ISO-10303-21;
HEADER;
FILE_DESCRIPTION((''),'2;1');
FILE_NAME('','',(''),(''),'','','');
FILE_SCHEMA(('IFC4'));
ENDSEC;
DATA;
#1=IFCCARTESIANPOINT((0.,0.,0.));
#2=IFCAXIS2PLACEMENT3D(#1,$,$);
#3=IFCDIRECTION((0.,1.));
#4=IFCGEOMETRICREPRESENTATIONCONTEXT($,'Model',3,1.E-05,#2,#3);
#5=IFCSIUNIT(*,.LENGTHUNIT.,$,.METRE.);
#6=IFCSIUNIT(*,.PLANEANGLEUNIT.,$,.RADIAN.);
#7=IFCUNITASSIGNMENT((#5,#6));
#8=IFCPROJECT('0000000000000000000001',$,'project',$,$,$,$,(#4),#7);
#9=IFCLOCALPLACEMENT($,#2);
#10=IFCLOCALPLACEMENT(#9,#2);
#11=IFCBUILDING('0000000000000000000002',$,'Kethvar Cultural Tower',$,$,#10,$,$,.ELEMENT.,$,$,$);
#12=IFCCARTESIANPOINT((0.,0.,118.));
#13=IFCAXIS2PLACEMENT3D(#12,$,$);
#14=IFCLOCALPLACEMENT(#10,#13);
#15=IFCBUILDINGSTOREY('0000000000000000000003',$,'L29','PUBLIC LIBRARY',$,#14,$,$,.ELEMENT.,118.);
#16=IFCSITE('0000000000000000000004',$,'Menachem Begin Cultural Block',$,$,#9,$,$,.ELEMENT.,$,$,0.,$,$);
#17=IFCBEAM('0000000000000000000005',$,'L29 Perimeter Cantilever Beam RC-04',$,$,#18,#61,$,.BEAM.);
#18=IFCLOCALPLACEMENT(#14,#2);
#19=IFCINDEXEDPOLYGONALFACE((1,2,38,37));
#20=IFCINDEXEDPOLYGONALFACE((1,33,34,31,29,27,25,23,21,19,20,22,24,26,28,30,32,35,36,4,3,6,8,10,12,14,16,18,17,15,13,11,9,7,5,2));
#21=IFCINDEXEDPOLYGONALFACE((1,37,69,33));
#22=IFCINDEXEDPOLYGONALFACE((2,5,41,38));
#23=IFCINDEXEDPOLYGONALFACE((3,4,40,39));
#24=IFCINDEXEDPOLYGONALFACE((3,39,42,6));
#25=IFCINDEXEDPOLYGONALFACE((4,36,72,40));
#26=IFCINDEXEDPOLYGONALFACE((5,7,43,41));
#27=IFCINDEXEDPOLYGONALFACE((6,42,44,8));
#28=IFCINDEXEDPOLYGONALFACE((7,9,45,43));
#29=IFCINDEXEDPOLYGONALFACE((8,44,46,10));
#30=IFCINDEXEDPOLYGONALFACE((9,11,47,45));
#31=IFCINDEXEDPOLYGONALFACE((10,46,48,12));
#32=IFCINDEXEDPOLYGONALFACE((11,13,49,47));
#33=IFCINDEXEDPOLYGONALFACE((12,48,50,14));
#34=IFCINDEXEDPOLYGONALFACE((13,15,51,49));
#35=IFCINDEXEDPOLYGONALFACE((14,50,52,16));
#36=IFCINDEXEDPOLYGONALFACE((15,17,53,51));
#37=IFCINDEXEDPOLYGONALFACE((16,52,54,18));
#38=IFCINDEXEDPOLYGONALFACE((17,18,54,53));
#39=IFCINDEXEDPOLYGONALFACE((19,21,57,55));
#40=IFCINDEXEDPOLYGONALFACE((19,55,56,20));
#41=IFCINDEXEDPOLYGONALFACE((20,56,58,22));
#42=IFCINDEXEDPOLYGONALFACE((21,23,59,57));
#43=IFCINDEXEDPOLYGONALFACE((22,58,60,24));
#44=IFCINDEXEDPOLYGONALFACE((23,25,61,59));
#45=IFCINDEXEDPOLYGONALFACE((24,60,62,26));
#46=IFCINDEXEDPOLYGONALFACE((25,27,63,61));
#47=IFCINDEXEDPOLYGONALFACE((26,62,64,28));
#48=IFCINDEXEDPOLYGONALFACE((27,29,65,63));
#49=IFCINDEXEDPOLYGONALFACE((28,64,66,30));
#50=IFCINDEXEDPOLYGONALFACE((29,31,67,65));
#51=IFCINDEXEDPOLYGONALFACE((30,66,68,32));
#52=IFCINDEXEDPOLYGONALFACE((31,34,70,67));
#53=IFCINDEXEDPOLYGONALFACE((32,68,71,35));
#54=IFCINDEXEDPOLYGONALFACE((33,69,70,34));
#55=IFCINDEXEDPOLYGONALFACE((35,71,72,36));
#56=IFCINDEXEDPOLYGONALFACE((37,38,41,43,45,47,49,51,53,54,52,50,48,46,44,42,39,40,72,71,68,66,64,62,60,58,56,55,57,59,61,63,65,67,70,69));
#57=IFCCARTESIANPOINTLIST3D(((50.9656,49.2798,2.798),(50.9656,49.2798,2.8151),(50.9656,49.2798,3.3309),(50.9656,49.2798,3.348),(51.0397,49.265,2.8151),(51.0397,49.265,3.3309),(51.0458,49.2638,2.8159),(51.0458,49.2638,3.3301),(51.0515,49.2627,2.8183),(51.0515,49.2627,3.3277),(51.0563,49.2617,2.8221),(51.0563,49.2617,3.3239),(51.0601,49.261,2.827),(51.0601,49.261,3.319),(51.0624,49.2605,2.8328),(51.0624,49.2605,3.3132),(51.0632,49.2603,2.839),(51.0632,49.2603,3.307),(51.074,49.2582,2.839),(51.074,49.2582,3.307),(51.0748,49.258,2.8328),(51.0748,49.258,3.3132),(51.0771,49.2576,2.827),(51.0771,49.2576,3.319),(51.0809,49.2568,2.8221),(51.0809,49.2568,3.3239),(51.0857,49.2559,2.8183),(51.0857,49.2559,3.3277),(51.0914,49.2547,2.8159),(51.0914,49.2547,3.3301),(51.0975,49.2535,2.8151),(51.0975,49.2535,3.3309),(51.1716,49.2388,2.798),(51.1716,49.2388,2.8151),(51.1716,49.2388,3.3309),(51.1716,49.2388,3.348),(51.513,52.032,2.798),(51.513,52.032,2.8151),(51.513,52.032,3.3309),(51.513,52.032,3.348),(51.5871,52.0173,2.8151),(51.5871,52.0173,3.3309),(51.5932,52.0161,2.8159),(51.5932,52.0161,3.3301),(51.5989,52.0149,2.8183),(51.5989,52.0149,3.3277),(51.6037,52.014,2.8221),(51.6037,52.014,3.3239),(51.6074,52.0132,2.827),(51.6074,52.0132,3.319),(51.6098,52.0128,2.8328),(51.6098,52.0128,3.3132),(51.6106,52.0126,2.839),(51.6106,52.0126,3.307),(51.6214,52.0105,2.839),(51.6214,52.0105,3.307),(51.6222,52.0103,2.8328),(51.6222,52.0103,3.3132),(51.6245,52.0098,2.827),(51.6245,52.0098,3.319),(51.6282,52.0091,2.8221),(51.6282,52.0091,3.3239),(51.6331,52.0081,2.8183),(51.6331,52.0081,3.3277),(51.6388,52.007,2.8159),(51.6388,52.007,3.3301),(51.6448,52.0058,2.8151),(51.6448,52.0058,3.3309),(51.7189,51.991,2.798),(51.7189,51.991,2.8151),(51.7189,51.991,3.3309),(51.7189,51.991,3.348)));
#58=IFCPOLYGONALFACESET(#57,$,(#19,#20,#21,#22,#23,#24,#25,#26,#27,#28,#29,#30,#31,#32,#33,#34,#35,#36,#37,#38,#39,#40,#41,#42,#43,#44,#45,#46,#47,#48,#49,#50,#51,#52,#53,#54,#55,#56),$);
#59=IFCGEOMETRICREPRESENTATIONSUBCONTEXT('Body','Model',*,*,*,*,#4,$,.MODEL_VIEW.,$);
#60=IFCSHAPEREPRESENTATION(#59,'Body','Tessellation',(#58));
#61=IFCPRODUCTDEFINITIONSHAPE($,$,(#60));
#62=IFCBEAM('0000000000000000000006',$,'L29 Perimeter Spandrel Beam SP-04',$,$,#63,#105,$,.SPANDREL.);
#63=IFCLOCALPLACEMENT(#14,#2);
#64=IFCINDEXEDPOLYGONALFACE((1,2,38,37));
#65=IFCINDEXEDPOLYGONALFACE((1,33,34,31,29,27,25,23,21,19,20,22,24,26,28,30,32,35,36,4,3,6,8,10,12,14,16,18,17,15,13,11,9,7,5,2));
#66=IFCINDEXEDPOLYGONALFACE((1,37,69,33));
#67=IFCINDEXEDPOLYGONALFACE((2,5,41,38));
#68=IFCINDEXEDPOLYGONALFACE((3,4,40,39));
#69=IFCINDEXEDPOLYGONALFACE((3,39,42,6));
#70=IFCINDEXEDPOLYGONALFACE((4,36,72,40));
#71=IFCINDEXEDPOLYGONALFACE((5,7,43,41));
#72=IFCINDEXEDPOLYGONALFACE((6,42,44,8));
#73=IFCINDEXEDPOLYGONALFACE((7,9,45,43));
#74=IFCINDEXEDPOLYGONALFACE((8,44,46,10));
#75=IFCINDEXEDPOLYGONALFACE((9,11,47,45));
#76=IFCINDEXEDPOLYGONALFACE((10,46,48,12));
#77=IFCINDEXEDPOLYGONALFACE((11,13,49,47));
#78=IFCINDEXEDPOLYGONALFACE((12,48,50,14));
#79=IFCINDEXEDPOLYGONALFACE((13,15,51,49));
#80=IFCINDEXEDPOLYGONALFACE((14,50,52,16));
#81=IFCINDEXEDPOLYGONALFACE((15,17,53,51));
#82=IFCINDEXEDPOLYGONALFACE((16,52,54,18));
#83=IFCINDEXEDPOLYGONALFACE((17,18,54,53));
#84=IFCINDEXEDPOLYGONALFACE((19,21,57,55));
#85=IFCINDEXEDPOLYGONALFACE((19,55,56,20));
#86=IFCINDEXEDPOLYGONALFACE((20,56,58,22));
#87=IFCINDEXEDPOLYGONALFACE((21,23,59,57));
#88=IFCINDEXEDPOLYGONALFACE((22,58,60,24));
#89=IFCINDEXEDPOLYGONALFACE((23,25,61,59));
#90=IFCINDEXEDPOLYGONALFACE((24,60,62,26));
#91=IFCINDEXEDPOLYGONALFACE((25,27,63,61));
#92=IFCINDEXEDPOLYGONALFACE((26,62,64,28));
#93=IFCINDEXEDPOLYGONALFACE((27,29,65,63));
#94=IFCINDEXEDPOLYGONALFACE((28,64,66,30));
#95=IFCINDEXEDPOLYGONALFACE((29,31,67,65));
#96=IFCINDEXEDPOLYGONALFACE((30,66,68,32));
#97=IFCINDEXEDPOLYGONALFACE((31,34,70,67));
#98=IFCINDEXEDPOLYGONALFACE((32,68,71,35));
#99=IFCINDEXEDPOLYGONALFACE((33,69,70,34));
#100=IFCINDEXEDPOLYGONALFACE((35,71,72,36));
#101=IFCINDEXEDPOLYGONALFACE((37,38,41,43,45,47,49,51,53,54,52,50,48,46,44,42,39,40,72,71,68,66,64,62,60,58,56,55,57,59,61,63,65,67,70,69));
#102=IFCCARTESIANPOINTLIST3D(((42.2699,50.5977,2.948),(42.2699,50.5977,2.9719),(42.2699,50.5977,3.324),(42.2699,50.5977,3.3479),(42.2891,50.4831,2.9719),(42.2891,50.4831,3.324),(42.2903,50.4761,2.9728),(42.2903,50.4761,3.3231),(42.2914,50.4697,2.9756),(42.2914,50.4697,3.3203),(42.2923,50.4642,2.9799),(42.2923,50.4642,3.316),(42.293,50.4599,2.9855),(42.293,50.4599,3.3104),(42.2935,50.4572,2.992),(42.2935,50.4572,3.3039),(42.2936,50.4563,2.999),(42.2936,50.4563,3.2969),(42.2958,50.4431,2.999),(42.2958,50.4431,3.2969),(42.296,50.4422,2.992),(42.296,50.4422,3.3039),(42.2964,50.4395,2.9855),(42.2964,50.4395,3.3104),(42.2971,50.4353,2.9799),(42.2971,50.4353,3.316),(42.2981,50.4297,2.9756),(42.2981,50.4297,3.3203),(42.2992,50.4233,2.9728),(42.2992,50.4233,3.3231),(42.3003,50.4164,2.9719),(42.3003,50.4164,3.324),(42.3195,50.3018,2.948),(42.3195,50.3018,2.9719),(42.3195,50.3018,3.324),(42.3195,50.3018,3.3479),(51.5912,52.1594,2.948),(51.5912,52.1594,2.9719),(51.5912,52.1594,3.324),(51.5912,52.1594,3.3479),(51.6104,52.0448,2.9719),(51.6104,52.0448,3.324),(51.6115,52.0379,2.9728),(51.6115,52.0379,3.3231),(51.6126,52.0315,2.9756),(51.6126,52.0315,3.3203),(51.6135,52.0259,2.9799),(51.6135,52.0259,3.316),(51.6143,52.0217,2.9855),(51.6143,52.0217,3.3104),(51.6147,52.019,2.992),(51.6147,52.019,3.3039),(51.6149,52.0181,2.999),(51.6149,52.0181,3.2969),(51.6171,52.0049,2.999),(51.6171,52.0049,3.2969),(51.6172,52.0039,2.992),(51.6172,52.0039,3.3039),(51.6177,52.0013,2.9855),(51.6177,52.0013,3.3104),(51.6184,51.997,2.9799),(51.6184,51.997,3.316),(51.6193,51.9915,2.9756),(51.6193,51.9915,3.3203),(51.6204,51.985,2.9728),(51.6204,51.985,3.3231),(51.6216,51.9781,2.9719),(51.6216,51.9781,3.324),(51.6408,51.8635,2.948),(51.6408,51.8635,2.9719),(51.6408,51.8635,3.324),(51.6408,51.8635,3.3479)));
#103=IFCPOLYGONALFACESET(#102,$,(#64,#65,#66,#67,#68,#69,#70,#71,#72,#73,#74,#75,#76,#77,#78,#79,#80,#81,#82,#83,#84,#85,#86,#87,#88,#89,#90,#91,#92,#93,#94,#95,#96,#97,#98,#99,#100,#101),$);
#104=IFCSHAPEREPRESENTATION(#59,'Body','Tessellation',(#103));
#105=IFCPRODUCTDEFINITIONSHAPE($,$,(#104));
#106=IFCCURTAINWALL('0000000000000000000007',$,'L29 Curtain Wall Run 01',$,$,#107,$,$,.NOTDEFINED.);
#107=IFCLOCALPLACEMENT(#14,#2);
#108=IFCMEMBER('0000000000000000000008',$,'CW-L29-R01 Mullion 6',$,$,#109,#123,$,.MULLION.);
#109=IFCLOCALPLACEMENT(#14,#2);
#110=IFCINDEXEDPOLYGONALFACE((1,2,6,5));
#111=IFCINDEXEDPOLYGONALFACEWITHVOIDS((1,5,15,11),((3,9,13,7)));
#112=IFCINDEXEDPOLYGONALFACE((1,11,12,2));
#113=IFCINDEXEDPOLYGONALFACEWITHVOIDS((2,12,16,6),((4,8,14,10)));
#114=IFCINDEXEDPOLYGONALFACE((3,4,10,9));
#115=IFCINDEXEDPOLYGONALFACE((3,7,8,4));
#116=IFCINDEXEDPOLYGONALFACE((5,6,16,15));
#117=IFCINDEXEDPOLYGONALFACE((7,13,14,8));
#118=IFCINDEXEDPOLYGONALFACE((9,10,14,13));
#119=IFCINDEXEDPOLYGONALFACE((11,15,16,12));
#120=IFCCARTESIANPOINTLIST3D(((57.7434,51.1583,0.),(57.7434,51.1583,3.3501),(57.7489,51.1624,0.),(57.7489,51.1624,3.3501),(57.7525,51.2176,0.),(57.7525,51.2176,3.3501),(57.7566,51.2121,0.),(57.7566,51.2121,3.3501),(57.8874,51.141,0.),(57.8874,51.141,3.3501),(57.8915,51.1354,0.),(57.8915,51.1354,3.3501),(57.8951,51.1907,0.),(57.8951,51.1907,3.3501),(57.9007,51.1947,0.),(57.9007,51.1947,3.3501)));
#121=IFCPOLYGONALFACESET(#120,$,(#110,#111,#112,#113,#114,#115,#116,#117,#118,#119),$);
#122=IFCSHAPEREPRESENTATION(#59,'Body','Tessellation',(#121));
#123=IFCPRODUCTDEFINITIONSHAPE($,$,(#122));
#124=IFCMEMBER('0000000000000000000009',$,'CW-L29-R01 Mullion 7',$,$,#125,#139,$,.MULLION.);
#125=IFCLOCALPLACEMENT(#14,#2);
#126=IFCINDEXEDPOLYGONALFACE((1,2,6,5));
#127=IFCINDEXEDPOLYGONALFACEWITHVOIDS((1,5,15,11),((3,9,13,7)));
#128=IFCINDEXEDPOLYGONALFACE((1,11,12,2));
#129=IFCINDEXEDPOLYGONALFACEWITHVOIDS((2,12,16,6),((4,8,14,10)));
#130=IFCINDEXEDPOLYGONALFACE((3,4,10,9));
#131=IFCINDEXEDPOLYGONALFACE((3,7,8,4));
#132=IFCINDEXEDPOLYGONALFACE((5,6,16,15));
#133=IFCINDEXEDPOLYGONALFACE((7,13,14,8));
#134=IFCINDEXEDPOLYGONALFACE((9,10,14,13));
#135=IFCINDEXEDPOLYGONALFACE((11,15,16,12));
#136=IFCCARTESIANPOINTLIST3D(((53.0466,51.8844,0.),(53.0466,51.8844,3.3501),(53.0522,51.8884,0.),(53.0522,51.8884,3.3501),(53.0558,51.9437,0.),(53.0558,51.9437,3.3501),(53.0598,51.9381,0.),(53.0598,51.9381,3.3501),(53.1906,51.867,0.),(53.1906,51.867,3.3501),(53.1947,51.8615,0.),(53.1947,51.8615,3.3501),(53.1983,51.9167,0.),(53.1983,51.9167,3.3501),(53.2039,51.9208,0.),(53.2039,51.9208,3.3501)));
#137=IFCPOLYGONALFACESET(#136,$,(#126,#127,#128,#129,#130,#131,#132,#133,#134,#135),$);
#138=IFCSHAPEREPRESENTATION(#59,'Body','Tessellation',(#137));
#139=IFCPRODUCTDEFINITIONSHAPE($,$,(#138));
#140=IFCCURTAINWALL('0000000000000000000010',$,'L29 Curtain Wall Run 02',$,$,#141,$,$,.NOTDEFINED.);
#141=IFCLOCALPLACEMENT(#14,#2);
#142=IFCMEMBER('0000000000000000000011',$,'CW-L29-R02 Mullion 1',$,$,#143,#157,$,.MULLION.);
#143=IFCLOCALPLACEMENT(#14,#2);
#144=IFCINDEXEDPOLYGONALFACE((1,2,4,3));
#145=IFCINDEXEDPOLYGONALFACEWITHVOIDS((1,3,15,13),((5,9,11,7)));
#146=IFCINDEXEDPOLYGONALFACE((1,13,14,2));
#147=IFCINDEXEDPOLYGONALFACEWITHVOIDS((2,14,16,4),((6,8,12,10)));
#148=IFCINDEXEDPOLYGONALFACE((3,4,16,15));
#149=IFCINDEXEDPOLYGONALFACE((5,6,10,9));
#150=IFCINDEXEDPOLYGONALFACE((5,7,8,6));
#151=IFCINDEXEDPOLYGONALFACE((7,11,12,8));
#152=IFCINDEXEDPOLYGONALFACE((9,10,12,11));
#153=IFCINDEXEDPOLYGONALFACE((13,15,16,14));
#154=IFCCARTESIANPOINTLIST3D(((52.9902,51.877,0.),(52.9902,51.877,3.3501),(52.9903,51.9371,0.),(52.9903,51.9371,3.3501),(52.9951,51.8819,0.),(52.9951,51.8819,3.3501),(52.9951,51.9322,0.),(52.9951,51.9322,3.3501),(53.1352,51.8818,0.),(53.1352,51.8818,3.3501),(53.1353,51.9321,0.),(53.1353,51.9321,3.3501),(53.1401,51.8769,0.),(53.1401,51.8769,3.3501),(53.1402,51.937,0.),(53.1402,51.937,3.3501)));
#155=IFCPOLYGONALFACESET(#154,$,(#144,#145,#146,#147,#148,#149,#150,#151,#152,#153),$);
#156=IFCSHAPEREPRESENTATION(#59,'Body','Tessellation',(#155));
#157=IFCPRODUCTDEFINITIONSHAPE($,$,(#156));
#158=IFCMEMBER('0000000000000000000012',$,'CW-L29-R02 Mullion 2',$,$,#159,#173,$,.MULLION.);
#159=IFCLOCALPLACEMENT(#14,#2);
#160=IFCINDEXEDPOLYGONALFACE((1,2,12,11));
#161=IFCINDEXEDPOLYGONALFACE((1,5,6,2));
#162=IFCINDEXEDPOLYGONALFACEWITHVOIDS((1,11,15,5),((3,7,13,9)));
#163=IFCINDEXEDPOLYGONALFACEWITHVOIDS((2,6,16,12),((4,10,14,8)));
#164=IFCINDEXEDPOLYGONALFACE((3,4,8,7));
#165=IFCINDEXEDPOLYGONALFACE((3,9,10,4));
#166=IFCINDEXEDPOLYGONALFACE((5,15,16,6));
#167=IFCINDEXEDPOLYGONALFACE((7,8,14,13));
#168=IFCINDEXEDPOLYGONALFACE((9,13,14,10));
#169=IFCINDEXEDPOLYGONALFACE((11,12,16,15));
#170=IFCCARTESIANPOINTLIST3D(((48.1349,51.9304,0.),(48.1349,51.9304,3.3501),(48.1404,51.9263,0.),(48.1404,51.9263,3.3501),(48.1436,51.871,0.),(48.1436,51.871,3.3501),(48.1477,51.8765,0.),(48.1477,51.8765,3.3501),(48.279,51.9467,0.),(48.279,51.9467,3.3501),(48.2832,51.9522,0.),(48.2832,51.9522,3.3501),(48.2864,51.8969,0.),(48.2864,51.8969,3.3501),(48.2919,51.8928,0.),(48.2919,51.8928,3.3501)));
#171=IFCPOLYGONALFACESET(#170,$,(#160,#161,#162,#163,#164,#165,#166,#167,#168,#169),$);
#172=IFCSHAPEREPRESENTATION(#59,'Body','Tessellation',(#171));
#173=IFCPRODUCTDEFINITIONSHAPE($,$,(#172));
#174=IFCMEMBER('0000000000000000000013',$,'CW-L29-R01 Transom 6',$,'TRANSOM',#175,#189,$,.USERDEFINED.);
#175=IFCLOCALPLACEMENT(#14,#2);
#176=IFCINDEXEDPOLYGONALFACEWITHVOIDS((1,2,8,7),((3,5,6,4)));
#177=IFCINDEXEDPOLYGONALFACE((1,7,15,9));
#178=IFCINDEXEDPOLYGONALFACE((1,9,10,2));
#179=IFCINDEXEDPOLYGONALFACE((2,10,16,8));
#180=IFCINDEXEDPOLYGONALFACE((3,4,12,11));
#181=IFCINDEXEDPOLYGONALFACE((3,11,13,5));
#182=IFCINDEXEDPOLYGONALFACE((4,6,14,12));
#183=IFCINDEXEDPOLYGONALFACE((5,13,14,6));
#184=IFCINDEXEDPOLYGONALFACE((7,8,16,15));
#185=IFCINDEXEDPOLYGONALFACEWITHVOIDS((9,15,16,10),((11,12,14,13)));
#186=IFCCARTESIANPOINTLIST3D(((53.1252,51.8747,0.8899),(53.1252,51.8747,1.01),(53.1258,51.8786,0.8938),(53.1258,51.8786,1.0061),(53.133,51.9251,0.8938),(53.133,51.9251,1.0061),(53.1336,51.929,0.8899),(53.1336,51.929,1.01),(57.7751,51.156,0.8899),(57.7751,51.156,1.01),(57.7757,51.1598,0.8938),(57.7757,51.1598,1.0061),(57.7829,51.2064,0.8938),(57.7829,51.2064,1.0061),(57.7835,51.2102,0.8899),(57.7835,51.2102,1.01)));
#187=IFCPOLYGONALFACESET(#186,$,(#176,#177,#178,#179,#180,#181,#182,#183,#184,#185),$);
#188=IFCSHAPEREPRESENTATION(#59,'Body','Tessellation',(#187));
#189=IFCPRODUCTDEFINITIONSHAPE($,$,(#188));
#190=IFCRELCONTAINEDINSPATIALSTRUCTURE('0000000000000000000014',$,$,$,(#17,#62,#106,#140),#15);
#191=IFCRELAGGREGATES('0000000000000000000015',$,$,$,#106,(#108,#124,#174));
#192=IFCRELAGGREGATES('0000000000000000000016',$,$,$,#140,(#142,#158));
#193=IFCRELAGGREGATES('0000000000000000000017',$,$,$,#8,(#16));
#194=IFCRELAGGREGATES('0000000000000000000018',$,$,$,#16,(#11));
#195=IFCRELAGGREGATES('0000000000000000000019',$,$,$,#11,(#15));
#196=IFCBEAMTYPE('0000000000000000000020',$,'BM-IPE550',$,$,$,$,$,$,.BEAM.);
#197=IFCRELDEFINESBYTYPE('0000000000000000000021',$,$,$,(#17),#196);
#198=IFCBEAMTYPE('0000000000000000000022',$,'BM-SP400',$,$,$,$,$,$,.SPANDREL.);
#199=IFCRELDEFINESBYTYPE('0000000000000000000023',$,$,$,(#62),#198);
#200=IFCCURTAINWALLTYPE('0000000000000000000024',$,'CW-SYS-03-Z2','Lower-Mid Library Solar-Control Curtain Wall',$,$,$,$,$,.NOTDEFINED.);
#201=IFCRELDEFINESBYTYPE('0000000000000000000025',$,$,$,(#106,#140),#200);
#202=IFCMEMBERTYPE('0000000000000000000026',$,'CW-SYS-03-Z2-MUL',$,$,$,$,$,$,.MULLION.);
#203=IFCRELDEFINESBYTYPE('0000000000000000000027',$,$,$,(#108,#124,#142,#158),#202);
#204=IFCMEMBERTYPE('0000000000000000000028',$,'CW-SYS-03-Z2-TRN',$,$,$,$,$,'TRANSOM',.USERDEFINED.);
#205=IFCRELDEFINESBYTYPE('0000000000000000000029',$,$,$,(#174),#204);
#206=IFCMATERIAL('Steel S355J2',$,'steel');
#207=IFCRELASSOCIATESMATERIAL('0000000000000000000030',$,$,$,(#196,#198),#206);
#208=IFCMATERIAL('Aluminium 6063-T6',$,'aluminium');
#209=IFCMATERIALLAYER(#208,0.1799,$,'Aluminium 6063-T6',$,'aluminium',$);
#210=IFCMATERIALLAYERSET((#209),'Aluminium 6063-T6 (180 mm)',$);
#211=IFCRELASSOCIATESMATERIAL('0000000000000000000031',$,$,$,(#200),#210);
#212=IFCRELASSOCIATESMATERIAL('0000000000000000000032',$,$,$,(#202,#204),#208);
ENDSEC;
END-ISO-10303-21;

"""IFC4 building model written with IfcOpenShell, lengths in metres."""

from ifc_helpers import new_model, si_unit, direction, frame, origin, origin_2d, place, context, subcontext, project, spatial, hollow_rectangle, i_section, extrude, source, transform, mapped, material, layer, layer_set, material_profile, profile_set, type_object, element, aggregate, save


model = new_model("IFC4")

# Units and contexts
model_context = context("Model", 3, precision=1e-05, world=origin(), true_north=direction((0.0, 1.0)))
body_context = subcontext(model_context, "Body", "Model", "MODEL_VIEW")
ifc_project = project(units=[si_unit("LENGTHUNIT", "METRE"), si_unit("PLANEANGLEUNIT", "RADIAN")], contexts=[model_context])

# Site, building, storey
site_placement = place(None, origin())
site = spatial("IfcSite", under=ifc_project, at=site_placement, Name="Menachem Begin Cultural Block", CompositionType="ELEMENT", RefElevation=0.0)
building_placement = place(site_placement, origin())
building = spatial("IfcBuilding", under=site, at=building_placement, Name="Kethvar Cultural Tower", CompositionType="ELEMENT")
storey_placement = place(building_placement, frame((0.0, 0.0, 118.0)))
storey = spatial("IfcBuildingStorey", under=building, at=storey_placement, Name="L29", Description="PUBLIC LIBRARY", CompositionType="ELEMENT", Elevation=118.0)

# Beams
ifc_material_1 = material(Name="Steel S355J2", Category="steel")
ifc_material_profile_1 = material_profile(ifc_material_1, i_section(OverallWidth=0.21, OverallDepth=0.55, WebThickness=0.011, FlangeThickness=0.0171, FilletRadius=0.0239, at=origin_2d()), Name="Steel S355J2 — IPE550")
ifc_profile_set_1 = profile_set([ifc_material_profile_1], Name="Steel S355J2 — IPE550")
beam_type_1 = type_object("IfcBeamType", Name="BM-IPE550", PredefinedType="BEAM", material=ifc_profile_set_1)
shared_shape_1 = source(origin(), body_context, "Body", "SweptSolid", [
    extrude(i_section(OverallWidth=0.21, OverallDepth=0.55, WebThickness=0.011, FlangeThickness=0.0171, FilletRadius=0.0239, at=origin_2d()), origin(), (0.0, 0.0, 1.0), 2.8062),
])
beam_1_placement = place(storey_placement, frame((51.0686, 49.2593, 3.073), z_axis=(0.195062, 0.980791, 0.0), x_axis=(-0.980791, 0.195062, 0.0)))
element("IfcBeam", 1, at=beam_1_placement, inside=storey, type_object=beam_type_1, Name="L29 Perimeter Cantilever Beam RC-04", PredefinedType="BEAM", context=body_context, shape_type="MappedRepresentation", body=[
    mapped(shared_shape_1, transform((0.0, 0.0, 0.0), scale=1.0)),
])
ifc_material_profile_2 = material_profile(ifc_material_1, i_section(OverallWidth=0.3, OverallDepth=0.3999, WebThickness=0.0134, FlangeThickness=0.0239, FilletRadius=0.0271, at=origin_2d()), Name="Steel S355J2 — HEB400")
ifc_profile_set_2 = profile_set([ifc_material_profile_2], Name="Steel S355J2 — HEB400")
beam_type_2 = type_object("IfcBeamType", Name="BM-SP400", PredefinedType="SPANDREL", material=ifc_profile_set_2)
shared_shape_2 = source(origin(), body_context, "Body", "SweptSolid", [
    extrude(i_section(OverallWidth=0.3, OverallDepth=0.3999, WebThickness=0.0134, FlangeThickness=0.0239, FilletRadius=0.0271, at=origin_2d()), origin(), (0.0, 0.0, 1.0), 9.4512),
])
beam_2_placement = place(storey_placement, frame((51.616, 52.0115, 3.1479), z_axis=(-0.986253, -0.165245, 0.0), x_axis=(0.165245, -0.986253, 0.0)))
element("IfcBeam", 2, at=beam_2_placement, inside=storey, type_object=beam_type_2, Name="L29 Perimeter Spandrel Beam SP-04", PredefinedType="SPANDREL", context=body_context, shape_type="MappedRepresentation", body=[
    mapped(shared_shape_2, transform((0.0, 0.0, 0.0), scale=1.0)),
])

# Curtain walls, members
ifc_material_2 = material(Name="Aluminium 6063-T6", Category="aluminium")
ifc_layer_1 = layer(ifc_material_2, 0.1799, Name="Aluminium 6063-T6", Category="aluminium")
ifc_layer_set_1 = layer_set([ifc_layer_1], Name="Aluminium 6063-T6 (180 mm)")
curtain_wall_type = type_object("IfcCurtainWallType", Name="CW-SYS-03-Z2", Description="Lower-Mid Library Solar-Control Curtain Wall", PredefinedType="NOTDEFINED", material=ifc_layer_set_1)
curtain_wall_1_placement = place(storey_placement, origin())
curtain_wall_1 = element("IfcCurtainWall", 3, at=curtain_wall_1_placement, inside=storey, type_object=curtain_wall_type, Name="L29 Curtain Wall Run 01", PredefinedType="NOTDEFINED")
ifc_material_profile_3 = material_profile(ifc_material_2, hollow_rectangle(XDim=0.0601, YDim=0.1499, WallThickness=0.0049, at=origin_2d()), Name="Aluminium 6063-T6 — RHS150x60x5")
ifc_profile_set_3 = profile_set([ifc_material_profile_3], Name="Aluminium 6063-T6 — RHS150x60x5")
member_type_1 = type_object("IfcMemberType", Name="CW-SYS-03-Z2-MUL", PredefinedType="MULLION", material=ifc_profile_set_3)
shared_shape_3 = source(origin(), body_context, "Body", "SweptSolid", [
    extrude(hollow_rectangle(XDim=0.0601, YDim=0.1499, WallThickness=0.0049, at=origin_2d()), origin(), (0.0, 0.0, 1.0), 3.3501),
])
member_1_placement = place(storey_placement, frame((57.822, 51.1765, 0.0), z_axis=(0.0, 0.0, 1.0), x_axis=(-0.152762, -0.988263, 0.0)))
member_1 = element("IfcMember", 4, at=member_1_placement, type_object=member_type_1, Name="CW-L29-R01 Mullion 6", PredefinedType="MULLION", context=body_context, shape_type="MappedRepresentation", body=[
    mapped(shared_shape_3, transform((0.0, 0.0, 0.0), scale=1.0)),
])
member_2_placement = place(storey_placement, frame((53.1252, 51.9026, 0.0), z_axis=(0.0, 0.0, 1.0), x_axis=(-0.152762, -0.988263, 0.0)))
member_2 = element("IfcMember", 5, at=member_2_placement, type_object=member_type_1, Name="CW-L29-R01 Mullion 7", PredefinedType="MULLION", context=body_context, shape_type="MappedRepresentation", body=[
    mapped(shared_shape_3, transform((0.0, 0.0, 0.0), scale=1.0)),
])
curtain_wall_2_placement = place(storey_placement, origin())
curtain_wall_2 = element("IfcCurtainWall", 6, at=curtain_wall_2_placement, inside=storey, type_object=curtain_wall_type, Name="L29 Curtain Wall Run 02", PredefinedType="NOTDEFINED")
member_3_placement = place(storey_placement, frame((53.0652, 51.907, 0.0), z_axis=(0.0, 0.0, 1.0), x_axis=(-0.000698, -1.0, 0.0)))
member_3 = element("IfcMember", 7, at=member_3_placement, type_object=member_type_1, Name="CW-L29-R02 Mullion 1", PredefinedType="MULLION", context=body_context, shape_type="MappedRepresentation", body=[
    mapped(shared_shape_3, transform((0.0, 0.0, 0.0), scale=1.0)),
])
member_4_placement = place(storey_placement, frame((48.2134, 51.9116, 0.0), z_axis=(0.0, 0.0, 1.0), x_axis=(0.145496, -0.989359, 0.0)))
member_4 = element("IfcMember", 8, at=member_4_placement, type_object=member_type_1, Name="CW-L29-R02 Mullion 2", PredefinedType="MULLION", context=body_context, shape_type="MappedRepresentation", body=[
    mapped(shared_shape_3, transform((0.0, 0.0, 0.0), scale=1.0)),
])

# Member
ifc_material_profile_4 = material_profile(ifc_material_2, hollow_rectangle(XDim=0.0549, YDim=0.1201, WallThickness=0.0039, at=origin_2d()), Name="Aluminium 6063-T6 — RHS120x55x4")
ifc_profile_set_4 = profile_set([ifc_material_profile_4], Name="Aluminium 6063-T6 — RHS120x55x4")
member_type_2 = type_object("IfcMemberType", Name="CW-SYS-03-Z2-TRN", ElementType="TRANSOM", PredefinedType="USERDEFINED", material=ifc_profile_set_4)
shared_shape_4 = source(origin(), body_context, "Body", "SweptSolid", [
    extrude(hollow_rectangle(XDim=0.0549, YDim=0.1201, WallThickness=0.0039, at=origin_2d()), origin(), (0.0, 0.0, 1.0), 4.7051),
])
member_5_placement = place(storey_placement, frame((57.7793, 51.1831, 0.95), z_axis=(-0.988263, 0.152759, 0.0), x_axis=(-0.152759, -0.988263, 0.0)))
member_5 = element("IfcMember", 9, at=member_5_placement, type_object=member_type_2, Name="CW-L29-R01 Transom 6", ObjectType="TRANSOM", PredefinedType="USERDEFINED", context=body_context, shape_type="MappedRepresentation", body=[
    mapped(shared_shape_4, transform((0.0, 0.0, 0.0), scale=1.0)),
])

aggregate(curtain_wall_1, [member_1, member_2, member_5])
aggregate(curtain_wall_2, [member_3, member_4])

save(model, "model.ifc")
